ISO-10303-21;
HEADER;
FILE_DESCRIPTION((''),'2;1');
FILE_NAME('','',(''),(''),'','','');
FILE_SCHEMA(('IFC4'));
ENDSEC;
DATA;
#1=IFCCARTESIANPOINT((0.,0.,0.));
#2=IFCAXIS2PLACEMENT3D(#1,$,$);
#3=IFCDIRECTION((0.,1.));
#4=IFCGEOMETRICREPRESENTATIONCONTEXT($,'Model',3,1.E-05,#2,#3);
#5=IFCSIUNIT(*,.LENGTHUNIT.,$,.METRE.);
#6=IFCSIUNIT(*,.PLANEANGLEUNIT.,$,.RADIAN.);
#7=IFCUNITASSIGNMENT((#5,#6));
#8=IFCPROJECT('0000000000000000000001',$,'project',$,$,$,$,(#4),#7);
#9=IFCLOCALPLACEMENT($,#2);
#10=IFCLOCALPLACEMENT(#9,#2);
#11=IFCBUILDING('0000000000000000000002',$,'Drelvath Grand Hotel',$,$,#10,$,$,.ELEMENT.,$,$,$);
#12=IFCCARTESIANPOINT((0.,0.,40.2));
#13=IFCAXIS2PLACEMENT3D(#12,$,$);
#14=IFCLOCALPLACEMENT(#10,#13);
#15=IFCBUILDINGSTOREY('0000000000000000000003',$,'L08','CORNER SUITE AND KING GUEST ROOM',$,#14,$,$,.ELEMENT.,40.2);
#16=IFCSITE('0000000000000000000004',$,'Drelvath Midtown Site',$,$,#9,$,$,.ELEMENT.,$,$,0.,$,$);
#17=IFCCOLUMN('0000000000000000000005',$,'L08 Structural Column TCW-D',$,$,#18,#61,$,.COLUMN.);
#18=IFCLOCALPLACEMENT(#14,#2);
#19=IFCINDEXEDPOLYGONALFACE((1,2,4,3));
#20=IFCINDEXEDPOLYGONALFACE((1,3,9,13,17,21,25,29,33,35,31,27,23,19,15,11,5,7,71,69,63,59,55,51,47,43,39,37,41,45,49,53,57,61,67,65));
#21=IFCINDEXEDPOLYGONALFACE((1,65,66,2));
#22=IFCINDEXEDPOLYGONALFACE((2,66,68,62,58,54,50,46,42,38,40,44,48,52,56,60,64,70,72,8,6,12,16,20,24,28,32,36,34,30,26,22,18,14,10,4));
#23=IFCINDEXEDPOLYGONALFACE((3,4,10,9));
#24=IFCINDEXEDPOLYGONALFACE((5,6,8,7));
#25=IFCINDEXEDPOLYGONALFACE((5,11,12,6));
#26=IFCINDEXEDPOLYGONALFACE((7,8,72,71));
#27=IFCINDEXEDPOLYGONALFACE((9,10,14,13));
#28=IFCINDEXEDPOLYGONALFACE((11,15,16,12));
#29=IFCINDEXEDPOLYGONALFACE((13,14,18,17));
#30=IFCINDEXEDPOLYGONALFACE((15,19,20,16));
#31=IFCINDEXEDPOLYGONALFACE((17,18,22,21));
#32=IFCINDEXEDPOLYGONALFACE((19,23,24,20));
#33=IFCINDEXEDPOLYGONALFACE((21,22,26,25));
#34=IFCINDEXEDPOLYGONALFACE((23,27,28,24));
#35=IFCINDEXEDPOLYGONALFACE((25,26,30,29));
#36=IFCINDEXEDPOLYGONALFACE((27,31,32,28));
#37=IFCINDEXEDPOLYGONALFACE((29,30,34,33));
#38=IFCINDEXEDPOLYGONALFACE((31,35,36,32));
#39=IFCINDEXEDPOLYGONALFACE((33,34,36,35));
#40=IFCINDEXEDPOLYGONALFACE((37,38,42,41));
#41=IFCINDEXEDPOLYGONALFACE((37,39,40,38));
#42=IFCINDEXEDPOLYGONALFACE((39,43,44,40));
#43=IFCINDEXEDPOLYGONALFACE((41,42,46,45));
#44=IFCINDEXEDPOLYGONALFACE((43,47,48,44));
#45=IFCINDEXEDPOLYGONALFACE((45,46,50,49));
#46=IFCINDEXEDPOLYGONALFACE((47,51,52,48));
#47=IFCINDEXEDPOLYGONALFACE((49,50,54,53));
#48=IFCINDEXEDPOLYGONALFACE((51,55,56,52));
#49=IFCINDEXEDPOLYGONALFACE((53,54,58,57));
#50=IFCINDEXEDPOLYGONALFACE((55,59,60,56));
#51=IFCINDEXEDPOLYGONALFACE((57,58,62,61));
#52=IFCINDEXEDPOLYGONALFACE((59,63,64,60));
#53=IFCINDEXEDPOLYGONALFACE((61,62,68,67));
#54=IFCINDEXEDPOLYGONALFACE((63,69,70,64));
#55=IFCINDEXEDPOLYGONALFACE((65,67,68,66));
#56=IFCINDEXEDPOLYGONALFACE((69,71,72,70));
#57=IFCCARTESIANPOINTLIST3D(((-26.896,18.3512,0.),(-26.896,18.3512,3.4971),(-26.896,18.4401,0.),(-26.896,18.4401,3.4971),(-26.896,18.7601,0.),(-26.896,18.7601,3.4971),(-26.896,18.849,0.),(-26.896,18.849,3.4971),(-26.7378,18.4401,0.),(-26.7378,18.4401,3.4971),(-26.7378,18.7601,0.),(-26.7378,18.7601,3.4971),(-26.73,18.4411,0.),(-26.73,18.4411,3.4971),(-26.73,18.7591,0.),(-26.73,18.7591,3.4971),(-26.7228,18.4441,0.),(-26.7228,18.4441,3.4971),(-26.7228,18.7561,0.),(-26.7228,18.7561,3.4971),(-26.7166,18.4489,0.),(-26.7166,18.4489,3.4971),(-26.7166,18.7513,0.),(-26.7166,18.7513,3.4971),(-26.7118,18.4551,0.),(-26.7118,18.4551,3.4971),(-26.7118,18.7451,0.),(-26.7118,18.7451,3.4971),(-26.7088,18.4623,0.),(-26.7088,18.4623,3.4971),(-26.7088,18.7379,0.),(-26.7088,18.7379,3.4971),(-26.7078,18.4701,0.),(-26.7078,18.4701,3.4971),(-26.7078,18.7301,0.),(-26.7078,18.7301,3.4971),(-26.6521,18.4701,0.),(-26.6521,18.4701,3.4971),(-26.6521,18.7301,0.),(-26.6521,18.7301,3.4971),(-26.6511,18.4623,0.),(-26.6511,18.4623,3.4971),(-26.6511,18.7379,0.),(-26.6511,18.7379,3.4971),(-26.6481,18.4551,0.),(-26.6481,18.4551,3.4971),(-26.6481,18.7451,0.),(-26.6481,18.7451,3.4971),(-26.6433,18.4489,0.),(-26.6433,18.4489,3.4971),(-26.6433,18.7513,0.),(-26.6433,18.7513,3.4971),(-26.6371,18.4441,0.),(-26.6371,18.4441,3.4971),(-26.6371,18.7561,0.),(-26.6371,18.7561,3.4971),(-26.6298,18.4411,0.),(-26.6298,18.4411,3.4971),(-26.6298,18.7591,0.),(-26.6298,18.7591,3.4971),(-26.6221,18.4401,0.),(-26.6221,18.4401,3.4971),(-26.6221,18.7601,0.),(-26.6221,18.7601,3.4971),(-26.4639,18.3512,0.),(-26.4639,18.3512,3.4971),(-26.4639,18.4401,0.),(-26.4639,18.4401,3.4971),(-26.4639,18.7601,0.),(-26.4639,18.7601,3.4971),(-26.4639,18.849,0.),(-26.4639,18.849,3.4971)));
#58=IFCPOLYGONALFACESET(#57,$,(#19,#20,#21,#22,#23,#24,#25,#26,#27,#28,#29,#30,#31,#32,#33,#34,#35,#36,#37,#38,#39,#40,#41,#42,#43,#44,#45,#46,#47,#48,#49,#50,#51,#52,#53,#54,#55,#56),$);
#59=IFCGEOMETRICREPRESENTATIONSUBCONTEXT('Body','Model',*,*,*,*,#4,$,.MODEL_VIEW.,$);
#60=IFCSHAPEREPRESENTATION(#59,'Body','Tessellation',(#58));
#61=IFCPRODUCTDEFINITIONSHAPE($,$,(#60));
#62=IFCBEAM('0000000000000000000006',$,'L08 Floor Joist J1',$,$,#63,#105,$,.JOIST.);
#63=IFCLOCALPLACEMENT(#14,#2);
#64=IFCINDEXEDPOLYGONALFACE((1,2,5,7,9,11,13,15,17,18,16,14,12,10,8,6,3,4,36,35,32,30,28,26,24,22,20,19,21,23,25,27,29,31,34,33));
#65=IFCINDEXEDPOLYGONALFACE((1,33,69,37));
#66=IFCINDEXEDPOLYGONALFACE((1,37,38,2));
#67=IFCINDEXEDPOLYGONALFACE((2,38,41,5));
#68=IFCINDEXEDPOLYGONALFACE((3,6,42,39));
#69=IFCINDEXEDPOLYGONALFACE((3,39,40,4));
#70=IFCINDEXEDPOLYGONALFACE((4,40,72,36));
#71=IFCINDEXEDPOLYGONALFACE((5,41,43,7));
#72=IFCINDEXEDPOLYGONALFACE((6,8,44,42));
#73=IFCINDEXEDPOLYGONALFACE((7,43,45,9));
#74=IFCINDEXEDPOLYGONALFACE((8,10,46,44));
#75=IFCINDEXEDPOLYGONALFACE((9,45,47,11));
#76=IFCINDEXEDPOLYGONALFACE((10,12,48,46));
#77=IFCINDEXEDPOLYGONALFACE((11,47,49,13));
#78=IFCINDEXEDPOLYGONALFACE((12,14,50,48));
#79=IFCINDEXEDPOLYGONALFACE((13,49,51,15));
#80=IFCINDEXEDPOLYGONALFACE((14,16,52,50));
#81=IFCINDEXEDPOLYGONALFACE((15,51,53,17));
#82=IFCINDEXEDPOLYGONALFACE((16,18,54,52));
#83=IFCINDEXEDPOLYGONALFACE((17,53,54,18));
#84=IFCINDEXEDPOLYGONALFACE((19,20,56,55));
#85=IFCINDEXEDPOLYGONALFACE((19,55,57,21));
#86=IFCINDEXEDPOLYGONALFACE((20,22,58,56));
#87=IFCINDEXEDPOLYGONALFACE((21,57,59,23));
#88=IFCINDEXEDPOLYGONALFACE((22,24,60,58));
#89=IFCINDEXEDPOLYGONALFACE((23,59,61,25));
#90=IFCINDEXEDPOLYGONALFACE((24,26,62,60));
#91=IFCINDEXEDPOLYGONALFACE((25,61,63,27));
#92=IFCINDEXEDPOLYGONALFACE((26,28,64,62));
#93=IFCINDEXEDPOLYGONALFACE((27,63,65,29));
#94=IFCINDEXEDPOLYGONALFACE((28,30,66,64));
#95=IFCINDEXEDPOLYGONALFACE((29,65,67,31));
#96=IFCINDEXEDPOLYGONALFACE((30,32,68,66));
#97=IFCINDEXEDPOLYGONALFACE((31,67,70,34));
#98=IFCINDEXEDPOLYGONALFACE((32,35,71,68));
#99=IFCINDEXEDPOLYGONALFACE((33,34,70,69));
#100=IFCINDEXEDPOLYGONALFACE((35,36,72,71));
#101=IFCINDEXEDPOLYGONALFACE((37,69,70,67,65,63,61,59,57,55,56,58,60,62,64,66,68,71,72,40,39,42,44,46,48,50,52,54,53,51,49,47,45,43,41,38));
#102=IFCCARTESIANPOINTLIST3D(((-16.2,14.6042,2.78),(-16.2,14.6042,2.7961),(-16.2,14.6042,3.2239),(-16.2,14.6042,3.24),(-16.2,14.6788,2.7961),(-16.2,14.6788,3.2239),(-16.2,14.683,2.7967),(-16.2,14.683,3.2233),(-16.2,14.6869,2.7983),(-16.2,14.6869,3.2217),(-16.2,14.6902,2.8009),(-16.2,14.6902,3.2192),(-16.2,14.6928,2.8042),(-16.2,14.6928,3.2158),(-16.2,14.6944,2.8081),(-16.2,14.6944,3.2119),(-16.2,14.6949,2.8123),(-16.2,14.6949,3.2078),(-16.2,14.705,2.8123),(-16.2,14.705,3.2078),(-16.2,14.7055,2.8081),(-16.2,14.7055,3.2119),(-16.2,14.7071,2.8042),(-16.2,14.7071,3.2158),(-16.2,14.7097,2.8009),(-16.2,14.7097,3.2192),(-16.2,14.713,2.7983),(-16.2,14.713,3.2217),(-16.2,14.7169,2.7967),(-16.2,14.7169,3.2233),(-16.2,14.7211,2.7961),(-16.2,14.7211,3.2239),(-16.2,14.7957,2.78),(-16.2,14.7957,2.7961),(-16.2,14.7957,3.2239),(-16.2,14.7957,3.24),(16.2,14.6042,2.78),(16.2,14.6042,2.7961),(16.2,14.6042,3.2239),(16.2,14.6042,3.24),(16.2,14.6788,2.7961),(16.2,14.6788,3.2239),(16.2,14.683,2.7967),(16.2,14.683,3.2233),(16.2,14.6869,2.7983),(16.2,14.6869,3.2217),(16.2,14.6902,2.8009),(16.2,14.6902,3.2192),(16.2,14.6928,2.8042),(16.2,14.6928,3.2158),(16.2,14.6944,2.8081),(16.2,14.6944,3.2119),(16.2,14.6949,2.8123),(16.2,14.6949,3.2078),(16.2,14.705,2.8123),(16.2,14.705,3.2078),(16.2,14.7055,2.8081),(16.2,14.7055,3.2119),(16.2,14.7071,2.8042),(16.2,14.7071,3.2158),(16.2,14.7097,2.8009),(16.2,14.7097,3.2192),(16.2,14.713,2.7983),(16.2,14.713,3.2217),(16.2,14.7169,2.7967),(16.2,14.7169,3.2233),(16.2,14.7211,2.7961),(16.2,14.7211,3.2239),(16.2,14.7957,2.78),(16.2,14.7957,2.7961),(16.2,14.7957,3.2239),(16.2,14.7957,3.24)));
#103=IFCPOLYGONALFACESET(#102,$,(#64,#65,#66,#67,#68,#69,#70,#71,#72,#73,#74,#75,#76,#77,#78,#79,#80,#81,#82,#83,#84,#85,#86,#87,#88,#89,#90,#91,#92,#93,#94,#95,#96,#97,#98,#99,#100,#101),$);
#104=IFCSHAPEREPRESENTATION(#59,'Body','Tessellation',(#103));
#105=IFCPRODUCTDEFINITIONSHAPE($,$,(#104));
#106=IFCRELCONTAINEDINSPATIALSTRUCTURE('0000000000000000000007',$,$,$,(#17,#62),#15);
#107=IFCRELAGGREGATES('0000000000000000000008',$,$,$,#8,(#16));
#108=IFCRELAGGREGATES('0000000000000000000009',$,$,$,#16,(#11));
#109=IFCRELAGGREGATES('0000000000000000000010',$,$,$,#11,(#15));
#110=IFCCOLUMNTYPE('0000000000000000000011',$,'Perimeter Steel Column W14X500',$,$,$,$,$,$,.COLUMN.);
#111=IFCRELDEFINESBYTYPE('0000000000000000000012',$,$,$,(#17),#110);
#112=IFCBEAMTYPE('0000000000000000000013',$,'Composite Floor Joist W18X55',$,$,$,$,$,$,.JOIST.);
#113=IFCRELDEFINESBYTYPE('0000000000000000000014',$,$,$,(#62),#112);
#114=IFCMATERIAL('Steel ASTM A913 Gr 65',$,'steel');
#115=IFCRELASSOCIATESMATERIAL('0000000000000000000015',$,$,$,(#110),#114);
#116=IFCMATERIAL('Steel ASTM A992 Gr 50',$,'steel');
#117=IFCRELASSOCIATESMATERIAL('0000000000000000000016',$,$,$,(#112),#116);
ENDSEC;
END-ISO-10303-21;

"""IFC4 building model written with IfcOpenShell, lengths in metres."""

from ifc_helpers import new_model, si_unit, direction, frame, origin, origin_2d, place, context, subcontext, project, spatial, i_section, extrude, material, material_profile, profile_set, type_object, element, save


model = new_model("IFC4")

# Units and contexts
model_context = context("Model", 3, precision=1e-05, world=origin(), true_north=direction((0.0, 1.0)))
body_context = subcontext(model_context, "Body", "Model", "MODEL_VIEW")
ifc_project = project(units=[si_unit("LENGTHUNIT", "METRE"), si_unit("PLANEANGLEUNIT", "RADIAN")], contexts=[model_context])

# Site, building, storey
site_placement = place(None, origin())
site = spatial("IfcSite", under=ifc_project, at=site_placement, Name="Drelvath Midtown Site", CompositionType="ELEMENT", RefElevation=0.0)
building_placement = place(site_placement, origin())
building = spatial("IfcBuilding", under=site, at=building_placement, Name="Drelvath Grand Hotel", CompositionType="ELEMENT")
storey_placement = place(building_placement, frame((0.0, 0.0, 40.2)))
storey = spatial("IfcBuildingStorey", under=building, at=storey_placement, Name="L08", Description="CORNER SUITE AND KING GUEST ROOM", CompositionType="ELEMENT", Elevation=40.2)

# Column
ifc_material_1 = material(Name="Steel ASTM A913 Gr 65", Category="steel")
ifc_material_profile_1 = material_profile(ifc_material_1, i_section(OverallWidth=0.4321, OverallDepth=0.4978, WebThickness=0.0557, FlangeThickness=0.0889, FilletRadius=0.03, at=origin_2d()), Name="W14X500")
ifc_profile_set_1 = profile_set([ifc_material_profile_1], Name="Steel ASTM A913 Gr 65")
column_type = type_object("IfcColumnType", Name="Perimeter Steel Column W14X500", PredefinedType="COLUMN", material=ifc_profile_set_1)
column_placement = place(storey_placement, frame((-26.6799, 18.6001, 0.0), z_axis=(0.0, 0.0, 1.0), x_axis=(1.0, 0.0, 0.0)))
element("IfcColumn", 1, at=column_placement, inside=storey, type_object=column_type, Name="L08 Structural Column TCW-D", PredefinedType="COLUMN", context=body_context, shape_type="SweptSolid", body=[
    extrude(i_section(OverallWidth=0.4321, OverallDepth=0.4978, WebThickness=0.0557, FlangeThickness=0.0889, FilletRadius=0.03, at=origin_2d()), origin(), (0.0, 0.0, 1.0), 3.4971),
])

# Beam
ifc_material_2 = material(Name="Steel ASTM A992 Gr 50", Category="steel")
ifc_material_profile_2 = material_profile(ifc_material_2, i_section(OverallWidth=0.1914, OverallDepth=0.46, WebThickness=0.01, FlangeThickness=0.0161, FilletRadius=0.0161, at=origin_2d()), Name="W18X55")
ifc_profile_set_2 = profile_set([ifc_material_profile_2], Name="Steel ASTM A992 Gr 50")
beam_type = type_object("IfcBeamType", Name="Composite Floor Joist W18X55", PredefinedType="JOIST", material=ifc_profile_set_2)
beam_placement = place(storey_placement, frame((-16.2, 14.7, 3.01), z_axis=(1.0, 0.0, 0.0), x_axis=(0.0, 1.0, 0.0)))
element("IfcBeam", 2, at=beam_placement, inside=storey, type_object=beam_type, Name="L08 Floor Joist J1", PredefinedType="JOIST", context=body_context, shape_type="SweptSolid", body=[
    extrude(i_section(OverallWidth=0.1914, OverallDepth=0.46, WebThickness=0.01, FlangeThickness=0.0161, FilletRadius=0.0161, at=origin_2d()), origin(), (0.0, 0.0, 1.0), 32.3999),
])

save(model, "model.ifc")
